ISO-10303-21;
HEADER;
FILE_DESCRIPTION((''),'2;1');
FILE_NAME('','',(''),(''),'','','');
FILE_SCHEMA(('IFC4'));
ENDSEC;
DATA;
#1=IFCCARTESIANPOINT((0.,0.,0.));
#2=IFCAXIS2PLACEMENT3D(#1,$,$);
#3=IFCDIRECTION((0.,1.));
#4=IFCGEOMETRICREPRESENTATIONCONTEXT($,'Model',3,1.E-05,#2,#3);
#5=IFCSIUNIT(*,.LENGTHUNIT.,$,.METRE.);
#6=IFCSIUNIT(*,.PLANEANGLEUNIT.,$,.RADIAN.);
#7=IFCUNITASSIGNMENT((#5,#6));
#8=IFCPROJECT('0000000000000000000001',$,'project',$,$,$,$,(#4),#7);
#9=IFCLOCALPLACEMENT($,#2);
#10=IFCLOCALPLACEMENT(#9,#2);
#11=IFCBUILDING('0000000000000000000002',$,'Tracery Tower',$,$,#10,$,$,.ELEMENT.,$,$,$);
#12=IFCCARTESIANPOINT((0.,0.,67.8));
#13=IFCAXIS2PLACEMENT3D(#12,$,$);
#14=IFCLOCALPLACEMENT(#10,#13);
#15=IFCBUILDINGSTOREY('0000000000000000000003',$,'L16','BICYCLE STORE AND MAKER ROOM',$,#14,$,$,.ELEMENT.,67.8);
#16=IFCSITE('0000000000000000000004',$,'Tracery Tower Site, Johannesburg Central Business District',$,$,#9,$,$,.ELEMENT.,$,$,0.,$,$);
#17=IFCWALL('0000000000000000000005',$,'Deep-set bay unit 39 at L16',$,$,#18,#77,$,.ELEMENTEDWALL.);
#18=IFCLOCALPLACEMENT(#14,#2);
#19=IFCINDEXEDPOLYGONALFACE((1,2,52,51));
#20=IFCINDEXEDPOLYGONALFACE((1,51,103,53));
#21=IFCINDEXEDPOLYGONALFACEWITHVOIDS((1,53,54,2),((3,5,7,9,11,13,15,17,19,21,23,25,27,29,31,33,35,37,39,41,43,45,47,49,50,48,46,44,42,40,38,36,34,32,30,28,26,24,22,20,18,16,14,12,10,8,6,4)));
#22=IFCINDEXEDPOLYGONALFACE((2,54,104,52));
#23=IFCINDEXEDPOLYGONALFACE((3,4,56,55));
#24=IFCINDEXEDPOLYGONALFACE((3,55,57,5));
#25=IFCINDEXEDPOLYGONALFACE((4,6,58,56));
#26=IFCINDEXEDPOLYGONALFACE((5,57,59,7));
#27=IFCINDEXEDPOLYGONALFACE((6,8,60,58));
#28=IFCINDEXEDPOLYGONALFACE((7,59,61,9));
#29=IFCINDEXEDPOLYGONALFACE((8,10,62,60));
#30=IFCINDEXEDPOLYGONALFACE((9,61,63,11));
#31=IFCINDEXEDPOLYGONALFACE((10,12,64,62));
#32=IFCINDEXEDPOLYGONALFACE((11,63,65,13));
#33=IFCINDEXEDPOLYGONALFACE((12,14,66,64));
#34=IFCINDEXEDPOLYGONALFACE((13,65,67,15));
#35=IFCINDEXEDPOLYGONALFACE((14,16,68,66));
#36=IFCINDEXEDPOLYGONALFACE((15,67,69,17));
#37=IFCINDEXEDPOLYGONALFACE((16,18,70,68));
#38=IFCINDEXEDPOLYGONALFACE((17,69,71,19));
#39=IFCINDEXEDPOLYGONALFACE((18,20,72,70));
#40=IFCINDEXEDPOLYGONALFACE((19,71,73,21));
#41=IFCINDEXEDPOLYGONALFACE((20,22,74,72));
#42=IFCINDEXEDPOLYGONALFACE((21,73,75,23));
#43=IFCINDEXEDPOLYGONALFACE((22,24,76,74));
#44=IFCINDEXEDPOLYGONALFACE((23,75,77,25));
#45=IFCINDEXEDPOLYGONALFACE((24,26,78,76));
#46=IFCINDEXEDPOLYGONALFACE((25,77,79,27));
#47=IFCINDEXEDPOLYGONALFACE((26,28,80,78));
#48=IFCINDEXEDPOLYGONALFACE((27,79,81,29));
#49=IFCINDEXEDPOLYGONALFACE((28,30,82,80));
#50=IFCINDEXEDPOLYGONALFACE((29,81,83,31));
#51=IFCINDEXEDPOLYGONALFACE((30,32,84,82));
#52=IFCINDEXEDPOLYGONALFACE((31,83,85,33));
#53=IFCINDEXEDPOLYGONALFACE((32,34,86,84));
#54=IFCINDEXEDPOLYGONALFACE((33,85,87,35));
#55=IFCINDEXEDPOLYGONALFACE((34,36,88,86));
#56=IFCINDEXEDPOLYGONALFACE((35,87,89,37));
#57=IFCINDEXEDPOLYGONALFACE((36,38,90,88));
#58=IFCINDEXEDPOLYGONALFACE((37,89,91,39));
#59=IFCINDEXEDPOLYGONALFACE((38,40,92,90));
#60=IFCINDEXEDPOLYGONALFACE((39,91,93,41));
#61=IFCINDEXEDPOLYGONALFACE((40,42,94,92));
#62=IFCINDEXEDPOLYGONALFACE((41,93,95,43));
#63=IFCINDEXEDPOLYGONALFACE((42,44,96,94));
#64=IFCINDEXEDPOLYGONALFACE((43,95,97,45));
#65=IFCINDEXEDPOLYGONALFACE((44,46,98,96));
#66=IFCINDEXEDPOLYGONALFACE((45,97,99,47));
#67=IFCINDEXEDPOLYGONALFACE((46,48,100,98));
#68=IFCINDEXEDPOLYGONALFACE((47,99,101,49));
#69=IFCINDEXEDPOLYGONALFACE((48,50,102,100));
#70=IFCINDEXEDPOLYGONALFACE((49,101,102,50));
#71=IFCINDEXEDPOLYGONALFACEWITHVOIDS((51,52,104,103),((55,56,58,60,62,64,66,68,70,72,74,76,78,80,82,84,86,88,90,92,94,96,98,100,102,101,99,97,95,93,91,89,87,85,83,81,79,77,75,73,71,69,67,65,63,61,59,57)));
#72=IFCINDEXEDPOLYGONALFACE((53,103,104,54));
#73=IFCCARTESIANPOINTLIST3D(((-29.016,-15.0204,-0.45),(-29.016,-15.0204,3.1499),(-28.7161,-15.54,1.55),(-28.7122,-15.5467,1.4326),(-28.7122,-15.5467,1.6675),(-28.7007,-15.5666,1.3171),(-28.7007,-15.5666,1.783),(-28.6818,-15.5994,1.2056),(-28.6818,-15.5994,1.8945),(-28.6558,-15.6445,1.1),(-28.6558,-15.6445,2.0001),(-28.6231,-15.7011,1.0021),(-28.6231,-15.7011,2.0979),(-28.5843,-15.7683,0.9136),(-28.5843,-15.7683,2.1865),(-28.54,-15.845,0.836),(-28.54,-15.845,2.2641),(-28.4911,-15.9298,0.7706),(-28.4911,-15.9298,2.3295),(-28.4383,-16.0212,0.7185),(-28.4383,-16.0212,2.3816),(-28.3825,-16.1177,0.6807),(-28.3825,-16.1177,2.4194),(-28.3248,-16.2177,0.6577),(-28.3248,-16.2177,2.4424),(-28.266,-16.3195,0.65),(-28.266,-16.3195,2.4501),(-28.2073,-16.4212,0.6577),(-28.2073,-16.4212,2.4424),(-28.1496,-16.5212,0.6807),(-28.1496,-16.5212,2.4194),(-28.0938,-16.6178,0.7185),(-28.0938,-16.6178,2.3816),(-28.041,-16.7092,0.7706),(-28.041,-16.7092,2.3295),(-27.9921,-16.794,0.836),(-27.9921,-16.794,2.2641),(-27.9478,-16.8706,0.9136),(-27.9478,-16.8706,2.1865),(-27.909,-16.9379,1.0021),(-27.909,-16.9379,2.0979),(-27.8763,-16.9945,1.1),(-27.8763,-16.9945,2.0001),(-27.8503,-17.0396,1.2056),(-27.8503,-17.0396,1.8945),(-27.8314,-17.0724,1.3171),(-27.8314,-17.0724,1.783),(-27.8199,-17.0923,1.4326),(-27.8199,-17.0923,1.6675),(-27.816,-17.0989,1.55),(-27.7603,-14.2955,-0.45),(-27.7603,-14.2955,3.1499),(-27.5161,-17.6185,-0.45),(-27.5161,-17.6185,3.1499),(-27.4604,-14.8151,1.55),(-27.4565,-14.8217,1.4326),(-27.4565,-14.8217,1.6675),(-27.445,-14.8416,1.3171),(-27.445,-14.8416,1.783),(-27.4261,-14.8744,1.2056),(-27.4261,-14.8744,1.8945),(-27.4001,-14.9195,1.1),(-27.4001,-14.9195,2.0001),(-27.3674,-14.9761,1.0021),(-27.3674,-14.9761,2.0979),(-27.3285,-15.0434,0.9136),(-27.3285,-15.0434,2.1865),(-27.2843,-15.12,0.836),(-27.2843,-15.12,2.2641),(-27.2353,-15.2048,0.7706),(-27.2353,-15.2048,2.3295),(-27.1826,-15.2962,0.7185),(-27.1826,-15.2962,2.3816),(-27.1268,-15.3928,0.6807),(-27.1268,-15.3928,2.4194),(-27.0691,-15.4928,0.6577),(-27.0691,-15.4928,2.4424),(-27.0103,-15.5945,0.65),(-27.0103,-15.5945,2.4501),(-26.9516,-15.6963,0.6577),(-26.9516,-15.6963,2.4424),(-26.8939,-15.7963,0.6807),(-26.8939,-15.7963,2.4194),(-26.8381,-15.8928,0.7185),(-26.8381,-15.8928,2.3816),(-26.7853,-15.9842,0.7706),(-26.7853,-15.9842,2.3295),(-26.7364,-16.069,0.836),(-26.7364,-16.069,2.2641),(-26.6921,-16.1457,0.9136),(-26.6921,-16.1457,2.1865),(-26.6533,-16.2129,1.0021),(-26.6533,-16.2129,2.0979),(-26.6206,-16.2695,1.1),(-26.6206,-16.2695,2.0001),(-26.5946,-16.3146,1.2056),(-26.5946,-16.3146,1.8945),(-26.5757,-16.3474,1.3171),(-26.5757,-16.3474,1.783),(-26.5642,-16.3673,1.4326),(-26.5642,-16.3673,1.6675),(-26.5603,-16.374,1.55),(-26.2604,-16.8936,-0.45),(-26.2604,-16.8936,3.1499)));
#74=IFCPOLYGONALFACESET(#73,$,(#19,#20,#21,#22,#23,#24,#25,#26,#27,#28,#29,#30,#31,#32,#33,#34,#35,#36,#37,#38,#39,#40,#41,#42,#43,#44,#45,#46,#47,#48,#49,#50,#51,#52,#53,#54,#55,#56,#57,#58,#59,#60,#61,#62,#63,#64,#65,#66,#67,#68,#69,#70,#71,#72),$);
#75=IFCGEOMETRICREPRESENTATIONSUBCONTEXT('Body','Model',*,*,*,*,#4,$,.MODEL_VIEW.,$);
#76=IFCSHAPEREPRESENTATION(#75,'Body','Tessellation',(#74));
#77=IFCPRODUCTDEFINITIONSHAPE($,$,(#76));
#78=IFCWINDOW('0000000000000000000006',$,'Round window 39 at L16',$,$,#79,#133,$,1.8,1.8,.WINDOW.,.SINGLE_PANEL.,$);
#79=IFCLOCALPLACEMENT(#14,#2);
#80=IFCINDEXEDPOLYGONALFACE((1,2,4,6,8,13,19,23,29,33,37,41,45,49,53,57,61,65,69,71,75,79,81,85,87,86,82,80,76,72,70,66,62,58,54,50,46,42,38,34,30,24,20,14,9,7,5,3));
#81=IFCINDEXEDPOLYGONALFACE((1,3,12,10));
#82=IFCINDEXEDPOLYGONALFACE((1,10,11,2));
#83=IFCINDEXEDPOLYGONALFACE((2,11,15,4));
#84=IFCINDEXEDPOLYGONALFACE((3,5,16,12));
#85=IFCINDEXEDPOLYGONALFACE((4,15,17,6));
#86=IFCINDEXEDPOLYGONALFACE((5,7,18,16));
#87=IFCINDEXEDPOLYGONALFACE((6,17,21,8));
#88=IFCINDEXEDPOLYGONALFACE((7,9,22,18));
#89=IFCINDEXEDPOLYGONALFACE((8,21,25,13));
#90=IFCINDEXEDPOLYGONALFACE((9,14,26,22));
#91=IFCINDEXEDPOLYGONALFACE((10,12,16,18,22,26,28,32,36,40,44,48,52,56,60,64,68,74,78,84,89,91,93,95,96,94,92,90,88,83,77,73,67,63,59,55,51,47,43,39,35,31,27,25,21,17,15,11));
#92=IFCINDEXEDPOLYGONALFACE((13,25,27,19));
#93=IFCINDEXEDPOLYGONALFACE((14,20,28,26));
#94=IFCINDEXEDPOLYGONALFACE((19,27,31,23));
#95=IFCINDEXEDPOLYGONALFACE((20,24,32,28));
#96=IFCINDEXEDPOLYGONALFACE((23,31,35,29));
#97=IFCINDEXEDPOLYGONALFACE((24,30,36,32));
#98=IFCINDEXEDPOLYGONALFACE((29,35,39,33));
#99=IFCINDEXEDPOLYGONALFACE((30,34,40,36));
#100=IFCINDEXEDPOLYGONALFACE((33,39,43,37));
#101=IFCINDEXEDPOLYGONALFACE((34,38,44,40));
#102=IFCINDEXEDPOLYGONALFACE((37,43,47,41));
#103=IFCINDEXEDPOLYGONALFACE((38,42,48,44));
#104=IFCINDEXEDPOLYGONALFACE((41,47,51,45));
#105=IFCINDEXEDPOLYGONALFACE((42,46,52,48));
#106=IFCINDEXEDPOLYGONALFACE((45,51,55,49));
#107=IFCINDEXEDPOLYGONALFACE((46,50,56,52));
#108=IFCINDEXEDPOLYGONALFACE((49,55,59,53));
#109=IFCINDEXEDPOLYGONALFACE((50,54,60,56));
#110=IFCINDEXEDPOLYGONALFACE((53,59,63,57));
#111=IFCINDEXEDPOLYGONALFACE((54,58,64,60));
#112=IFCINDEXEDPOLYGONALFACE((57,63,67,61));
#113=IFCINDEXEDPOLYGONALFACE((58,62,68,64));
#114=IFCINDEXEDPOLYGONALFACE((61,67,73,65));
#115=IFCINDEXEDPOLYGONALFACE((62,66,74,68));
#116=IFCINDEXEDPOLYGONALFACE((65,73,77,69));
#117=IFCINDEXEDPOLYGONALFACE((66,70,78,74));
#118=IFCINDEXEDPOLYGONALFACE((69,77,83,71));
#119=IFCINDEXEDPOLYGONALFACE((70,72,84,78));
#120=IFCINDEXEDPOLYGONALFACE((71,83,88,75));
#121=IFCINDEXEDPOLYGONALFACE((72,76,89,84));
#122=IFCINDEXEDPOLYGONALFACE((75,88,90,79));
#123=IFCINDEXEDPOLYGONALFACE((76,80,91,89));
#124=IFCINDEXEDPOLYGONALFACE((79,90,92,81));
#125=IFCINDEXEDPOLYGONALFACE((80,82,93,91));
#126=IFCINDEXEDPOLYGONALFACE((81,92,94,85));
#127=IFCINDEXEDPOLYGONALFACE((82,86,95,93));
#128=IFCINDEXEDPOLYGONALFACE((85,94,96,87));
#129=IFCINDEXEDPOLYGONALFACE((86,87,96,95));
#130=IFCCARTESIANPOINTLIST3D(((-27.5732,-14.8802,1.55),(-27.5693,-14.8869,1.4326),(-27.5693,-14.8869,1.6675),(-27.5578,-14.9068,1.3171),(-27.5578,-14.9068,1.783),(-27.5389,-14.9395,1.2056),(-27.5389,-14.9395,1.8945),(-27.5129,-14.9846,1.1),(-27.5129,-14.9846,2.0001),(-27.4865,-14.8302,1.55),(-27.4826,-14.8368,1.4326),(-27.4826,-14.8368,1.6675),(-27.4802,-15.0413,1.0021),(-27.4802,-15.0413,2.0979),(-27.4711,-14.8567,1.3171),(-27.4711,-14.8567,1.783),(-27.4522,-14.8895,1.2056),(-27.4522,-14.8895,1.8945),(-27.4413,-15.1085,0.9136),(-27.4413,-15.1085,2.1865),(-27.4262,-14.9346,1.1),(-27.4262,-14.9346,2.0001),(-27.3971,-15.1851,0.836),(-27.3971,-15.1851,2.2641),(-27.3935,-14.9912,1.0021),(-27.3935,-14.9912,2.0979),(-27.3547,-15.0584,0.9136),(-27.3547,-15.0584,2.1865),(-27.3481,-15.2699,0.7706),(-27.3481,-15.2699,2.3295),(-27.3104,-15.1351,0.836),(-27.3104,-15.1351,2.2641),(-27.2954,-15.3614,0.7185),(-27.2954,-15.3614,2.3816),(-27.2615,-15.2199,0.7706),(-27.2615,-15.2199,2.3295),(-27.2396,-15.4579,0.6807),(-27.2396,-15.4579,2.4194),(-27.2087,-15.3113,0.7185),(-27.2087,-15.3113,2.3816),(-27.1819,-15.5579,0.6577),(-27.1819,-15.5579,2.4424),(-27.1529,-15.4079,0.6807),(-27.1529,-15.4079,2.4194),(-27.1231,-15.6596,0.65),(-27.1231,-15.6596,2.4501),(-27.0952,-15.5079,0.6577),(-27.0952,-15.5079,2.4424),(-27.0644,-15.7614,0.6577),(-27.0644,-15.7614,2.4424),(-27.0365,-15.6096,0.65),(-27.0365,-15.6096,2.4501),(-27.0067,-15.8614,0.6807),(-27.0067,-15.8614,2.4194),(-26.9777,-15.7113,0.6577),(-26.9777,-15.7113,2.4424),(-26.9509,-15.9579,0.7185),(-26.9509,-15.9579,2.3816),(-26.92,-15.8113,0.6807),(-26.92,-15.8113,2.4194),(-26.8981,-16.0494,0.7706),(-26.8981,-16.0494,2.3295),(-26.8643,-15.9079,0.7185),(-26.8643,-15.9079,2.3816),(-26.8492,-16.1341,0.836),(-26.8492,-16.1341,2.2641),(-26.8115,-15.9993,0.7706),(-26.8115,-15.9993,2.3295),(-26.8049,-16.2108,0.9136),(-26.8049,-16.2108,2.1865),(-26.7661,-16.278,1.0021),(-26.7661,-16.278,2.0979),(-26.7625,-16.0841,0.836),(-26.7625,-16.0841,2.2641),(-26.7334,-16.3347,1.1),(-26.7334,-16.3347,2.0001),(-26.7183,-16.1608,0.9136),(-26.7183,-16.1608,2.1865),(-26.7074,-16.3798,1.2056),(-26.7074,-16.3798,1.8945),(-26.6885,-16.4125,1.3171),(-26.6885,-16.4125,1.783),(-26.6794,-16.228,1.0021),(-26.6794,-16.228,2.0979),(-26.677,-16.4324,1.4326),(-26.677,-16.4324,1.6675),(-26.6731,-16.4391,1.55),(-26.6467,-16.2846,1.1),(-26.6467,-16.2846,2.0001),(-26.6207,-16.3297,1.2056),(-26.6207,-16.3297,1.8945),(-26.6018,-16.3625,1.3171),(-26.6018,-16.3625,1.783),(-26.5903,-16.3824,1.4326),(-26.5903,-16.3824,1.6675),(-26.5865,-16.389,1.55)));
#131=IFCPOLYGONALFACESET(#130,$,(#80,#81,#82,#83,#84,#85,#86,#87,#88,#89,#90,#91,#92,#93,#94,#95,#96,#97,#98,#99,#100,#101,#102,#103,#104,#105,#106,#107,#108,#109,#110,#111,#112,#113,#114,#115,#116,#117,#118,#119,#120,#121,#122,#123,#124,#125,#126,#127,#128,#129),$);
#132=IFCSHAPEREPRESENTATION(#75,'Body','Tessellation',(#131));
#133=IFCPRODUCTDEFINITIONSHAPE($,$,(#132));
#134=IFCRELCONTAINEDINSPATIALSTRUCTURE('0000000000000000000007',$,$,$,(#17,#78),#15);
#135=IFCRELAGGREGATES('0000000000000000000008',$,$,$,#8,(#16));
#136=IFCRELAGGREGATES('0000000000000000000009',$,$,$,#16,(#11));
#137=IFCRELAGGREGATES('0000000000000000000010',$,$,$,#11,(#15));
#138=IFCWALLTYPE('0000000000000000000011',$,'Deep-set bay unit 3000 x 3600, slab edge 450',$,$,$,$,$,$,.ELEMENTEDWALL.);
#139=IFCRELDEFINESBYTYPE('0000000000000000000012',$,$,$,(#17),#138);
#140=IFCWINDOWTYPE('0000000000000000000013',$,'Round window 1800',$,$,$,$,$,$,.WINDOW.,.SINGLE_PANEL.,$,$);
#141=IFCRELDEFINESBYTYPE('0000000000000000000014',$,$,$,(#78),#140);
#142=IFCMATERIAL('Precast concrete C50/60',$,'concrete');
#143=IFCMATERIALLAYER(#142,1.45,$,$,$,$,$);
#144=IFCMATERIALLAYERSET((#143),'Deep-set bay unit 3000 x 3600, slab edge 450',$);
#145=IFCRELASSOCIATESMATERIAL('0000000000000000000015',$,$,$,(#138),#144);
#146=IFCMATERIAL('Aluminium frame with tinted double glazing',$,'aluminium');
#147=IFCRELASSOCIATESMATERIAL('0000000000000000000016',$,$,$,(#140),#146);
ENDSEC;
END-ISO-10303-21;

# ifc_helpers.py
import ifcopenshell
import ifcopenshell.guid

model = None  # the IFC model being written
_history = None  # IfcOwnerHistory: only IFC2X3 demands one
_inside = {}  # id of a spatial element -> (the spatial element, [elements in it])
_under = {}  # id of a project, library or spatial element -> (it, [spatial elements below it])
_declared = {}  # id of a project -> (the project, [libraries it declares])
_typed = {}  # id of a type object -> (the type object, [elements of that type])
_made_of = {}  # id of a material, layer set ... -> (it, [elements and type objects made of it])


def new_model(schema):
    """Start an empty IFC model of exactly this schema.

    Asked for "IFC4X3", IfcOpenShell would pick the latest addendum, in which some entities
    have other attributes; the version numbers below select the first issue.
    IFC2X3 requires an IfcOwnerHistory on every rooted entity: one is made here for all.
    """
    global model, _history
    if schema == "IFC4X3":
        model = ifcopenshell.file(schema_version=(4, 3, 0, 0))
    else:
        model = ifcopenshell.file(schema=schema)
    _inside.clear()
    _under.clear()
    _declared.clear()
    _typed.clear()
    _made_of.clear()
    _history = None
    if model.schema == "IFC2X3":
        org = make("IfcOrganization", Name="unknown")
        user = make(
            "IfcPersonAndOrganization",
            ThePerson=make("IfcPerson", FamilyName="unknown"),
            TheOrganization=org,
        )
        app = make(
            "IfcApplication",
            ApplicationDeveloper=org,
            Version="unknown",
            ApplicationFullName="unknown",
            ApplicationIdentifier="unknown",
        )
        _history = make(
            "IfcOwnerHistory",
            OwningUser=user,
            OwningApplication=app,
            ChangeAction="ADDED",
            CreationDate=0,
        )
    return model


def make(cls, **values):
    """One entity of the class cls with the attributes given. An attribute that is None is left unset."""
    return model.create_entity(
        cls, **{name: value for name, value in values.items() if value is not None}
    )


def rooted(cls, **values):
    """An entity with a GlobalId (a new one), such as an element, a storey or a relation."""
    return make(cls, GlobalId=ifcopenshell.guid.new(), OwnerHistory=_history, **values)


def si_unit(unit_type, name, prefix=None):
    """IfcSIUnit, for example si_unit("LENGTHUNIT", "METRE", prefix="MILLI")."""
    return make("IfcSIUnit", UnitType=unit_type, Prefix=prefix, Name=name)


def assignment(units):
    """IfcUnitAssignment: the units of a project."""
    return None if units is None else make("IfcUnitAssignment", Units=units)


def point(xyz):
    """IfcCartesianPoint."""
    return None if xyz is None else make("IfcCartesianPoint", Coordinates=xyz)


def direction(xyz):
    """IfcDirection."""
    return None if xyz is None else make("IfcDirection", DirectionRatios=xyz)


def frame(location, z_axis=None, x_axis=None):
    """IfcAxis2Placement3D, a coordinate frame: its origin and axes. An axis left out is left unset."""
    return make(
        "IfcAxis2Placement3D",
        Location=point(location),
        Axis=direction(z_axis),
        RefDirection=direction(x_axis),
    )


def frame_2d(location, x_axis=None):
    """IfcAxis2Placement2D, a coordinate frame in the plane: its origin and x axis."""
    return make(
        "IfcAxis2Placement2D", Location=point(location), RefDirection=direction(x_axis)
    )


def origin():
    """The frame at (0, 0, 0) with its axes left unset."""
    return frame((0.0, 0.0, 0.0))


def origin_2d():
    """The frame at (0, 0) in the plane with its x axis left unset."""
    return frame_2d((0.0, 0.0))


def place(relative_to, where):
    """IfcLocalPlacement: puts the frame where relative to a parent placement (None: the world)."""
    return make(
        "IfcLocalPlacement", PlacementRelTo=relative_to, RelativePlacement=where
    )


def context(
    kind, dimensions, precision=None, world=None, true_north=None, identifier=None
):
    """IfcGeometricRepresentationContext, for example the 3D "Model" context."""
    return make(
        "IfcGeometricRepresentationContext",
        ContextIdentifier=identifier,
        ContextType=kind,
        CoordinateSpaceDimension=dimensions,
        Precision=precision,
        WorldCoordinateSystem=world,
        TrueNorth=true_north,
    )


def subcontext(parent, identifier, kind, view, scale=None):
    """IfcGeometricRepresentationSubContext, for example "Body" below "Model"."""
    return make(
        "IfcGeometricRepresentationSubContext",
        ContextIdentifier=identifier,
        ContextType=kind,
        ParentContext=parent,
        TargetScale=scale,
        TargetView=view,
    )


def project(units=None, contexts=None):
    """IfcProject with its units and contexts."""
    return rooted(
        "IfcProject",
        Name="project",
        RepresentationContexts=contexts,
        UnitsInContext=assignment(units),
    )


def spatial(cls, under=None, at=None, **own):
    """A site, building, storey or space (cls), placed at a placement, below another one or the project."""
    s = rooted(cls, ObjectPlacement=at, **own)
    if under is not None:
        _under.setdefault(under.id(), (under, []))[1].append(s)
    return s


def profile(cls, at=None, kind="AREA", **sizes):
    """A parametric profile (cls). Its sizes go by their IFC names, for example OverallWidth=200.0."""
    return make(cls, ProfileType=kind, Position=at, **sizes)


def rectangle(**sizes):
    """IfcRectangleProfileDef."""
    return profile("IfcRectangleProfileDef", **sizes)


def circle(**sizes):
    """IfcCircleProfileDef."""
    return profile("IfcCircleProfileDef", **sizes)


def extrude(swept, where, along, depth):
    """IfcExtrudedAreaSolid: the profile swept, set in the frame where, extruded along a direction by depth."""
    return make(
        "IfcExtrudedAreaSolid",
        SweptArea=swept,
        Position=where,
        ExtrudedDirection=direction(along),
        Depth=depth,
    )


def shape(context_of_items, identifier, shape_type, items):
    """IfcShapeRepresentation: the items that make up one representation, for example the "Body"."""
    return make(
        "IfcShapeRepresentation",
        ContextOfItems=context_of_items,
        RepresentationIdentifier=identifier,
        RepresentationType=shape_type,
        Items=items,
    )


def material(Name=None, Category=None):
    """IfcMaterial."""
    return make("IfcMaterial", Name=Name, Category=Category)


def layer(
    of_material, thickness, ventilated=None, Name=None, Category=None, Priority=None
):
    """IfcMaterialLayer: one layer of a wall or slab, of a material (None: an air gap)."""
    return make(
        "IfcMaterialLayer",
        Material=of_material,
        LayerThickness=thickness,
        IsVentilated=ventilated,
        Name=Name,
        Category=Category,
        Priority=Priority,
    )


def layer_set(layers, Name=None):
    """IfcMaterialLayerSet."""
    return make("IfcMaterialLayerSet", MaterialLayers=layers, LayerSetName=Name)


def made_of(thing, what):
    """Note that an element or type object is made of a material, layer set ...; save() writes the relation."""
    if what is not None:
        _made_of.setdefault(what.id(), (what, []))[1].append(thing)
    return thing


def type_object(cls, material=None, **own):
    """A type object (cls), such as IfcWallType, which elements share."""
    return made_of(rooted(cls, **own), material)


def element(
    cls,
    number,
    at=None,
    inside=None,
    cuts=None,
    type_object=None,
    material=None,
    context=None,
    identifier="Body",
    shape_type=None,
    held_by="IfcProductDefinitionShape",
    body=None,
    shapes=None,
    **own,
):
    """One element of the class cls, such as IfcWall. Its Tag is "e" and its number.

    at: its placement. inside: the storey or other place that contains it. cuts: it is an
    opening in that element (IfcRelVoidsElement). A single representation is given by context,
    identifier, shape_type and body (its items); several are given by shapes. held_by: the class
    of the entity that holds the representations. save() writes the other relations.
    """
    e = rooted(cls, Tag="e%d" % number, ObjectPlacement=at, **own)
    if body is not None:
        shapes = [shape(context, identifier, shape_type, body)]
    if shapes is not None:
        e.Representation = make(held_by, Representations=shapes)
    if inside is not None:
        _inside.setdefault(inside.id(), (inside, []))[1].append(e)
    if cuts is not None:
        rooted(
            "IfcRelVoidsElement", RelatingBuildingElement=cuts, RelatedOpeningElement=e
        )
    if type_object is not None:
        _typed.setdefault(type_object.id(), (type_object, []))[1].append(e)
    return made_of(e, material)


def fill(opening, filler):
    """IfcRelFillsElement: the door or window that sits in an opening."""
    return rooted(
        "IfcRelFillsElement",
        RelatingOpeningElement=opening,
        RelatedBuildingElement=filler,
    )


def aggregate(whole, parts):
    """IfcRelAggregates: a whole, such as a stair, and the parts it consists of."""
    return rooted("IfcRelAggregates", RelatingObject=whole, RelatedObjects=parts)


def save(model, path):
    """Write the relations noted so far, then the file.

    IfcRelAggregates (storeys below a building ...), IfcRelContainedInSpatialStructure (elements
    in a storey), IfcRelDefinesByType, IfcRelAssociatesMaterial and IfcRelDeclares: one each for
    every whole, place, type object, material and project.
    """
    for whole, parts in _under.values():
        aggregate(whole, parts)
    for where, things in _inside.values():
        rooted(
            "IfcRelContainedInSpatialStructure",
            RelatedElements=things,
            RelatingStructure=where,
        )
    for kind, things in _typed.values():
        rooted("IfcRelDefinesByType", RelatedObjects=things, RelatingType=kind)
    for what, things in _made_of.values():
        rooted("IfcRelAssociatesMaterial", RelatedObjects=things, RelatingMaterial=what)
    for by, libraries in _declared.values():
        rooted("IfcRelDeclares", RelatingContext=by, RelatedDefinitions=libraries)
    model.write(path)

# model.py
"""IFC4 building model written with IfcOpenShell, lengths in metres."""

from ifc_helpers import new_model, si_unit, direction, frame, frame_2d, origin, origin_2d, place, context, subcontext, project, spatial, rectangle, circle, extrude, material, layer, layer_set, type_object, element, fill, save


model = new_model("IFC4")

# Units and contexts
model_context = context("Model", 3, precision=1e-05, world=origin(), true_north=direction((0.0, 1.0)))
body_context = subcontext(model_context, "Body", "Model", "MODEL_VIEW")
ifc_project = project(units=[si_unit("LENGTHUNIT", "METRE"), si_unit("PLANEANGLEUNIT", "RADIAN")], contexts=[model_context])

# Site, building, storey
site_placement = place(None, origin())
site = spatial("IfcSite", under=ifc_project, at=site_placement, Name="Tracery Tower Site, Johannesburg Central Business District", CompositionType="ELEMENT", RefElevation=0.0)
building_placement = place(site_placement, origin())
building = spatial("IfcBuilding", under=site, at=building_placement, Name="Tracery Tower", CompositionType="ELEMENT")
storey_placement = place(building_placement, frame((0.0, 0.0, 67.8)))
storey = spatial("IfcBuildingStorey", under=building, at=storey_placement, Name="L16", Description="BICYCLE STORE AND MAKER ROOM", CompositionType="ELEMENT", Elevation=67.8)

# Wall, opening, window
ifc_material_1 = material(Name="Precast concrete C50/60", Category="concrete")
ifc_layer_1 = layer(ifc_material_1, 1.45)
ifc_layer_set_1 = layer_set([ifc_layer_1], Name="Deep-set bay unit 3000 x 3600, slab edge 450")
wall_type_1 = type_object("IfcWallType", Name="Deep-set bay unit 3000 x 3600, slab edge 450", PredefinedType="ELEMENTEDWALL", material=ifc_layer_set_1)
wall_1_placement = place(storey_placement, frame((-28.3882, -14.658, -0.45), z_axis=(0.0, 0.0, 1.0), x_axis=(0.49999, -0.866031, 0.0)))
wall_1 = element("IfcWall", 1, at=wall_1_placement, inside=storey, type_object=wall_type_1, Name="Deep-set bay unit 39 at L16", PredefinedType="ELEMENTEDWALL", context=body_context, shape_type="SweptSolid", body=[
    extrude(rectangle(XDim=3.0, YDim=1.45, at=frame_2d((1.5, 0.0))), origin(), (0.0, 0.0, 1.0), 3.5999),
])
opening_1_placement = place(wall_1_placement, frame((1.5, 0.0, 2.0)))
opening_1 = element("IfcOpeningElement", 2, at=opening_1_placement, cuts=wall_1, PredefinedType="OPENING", context=body_context, shape_type="SweptSolid", body=[
    extrude(circle(Radius=0.9, at=origin_2d()), frame((0.0, 0.7349, 0.0), z_axis=(0.0, -1.0, 0.0), x_axis=(1.0, 0.0, 0.0)), (0.0, 0.0, 1.0), 1.47),
])
ifc_material_2 = material(Name="Aluminium frame with tinted double glazing", Category="aluminium")
window_type = type_object("IfcWindowType", Name="Round window 1800", PartitioningType="SINGLE_PANEL", PredefinedType="WINDOW", material=ifc_material_2)
window_1_placement = place(opening_1_placement, origin())
window_1 = element("IfcWindow", 3, at=window_1_placement, inside=storey, type_object=window_type, Name="Round window 39 at L16", OverallHeight=1.8, OverallWidth=1.8, PartitioningType="SINGLE_PANEL", PredefinedType="WINDOW", context=body_context, shape_type="SweptSolid", body=[
    extrude(circle(Radius=0.9, at=origin_2d()), frame((0.0, 0.6948, 0.0), z_axis=(0.0, -1.0, 0.0), x_axis=(1.0, 0.0, 0.0)), (0.0, 0.0, 1.0), 0.1001),
])
fill(opening_1, window_1)

save(model, "model.ifc")
